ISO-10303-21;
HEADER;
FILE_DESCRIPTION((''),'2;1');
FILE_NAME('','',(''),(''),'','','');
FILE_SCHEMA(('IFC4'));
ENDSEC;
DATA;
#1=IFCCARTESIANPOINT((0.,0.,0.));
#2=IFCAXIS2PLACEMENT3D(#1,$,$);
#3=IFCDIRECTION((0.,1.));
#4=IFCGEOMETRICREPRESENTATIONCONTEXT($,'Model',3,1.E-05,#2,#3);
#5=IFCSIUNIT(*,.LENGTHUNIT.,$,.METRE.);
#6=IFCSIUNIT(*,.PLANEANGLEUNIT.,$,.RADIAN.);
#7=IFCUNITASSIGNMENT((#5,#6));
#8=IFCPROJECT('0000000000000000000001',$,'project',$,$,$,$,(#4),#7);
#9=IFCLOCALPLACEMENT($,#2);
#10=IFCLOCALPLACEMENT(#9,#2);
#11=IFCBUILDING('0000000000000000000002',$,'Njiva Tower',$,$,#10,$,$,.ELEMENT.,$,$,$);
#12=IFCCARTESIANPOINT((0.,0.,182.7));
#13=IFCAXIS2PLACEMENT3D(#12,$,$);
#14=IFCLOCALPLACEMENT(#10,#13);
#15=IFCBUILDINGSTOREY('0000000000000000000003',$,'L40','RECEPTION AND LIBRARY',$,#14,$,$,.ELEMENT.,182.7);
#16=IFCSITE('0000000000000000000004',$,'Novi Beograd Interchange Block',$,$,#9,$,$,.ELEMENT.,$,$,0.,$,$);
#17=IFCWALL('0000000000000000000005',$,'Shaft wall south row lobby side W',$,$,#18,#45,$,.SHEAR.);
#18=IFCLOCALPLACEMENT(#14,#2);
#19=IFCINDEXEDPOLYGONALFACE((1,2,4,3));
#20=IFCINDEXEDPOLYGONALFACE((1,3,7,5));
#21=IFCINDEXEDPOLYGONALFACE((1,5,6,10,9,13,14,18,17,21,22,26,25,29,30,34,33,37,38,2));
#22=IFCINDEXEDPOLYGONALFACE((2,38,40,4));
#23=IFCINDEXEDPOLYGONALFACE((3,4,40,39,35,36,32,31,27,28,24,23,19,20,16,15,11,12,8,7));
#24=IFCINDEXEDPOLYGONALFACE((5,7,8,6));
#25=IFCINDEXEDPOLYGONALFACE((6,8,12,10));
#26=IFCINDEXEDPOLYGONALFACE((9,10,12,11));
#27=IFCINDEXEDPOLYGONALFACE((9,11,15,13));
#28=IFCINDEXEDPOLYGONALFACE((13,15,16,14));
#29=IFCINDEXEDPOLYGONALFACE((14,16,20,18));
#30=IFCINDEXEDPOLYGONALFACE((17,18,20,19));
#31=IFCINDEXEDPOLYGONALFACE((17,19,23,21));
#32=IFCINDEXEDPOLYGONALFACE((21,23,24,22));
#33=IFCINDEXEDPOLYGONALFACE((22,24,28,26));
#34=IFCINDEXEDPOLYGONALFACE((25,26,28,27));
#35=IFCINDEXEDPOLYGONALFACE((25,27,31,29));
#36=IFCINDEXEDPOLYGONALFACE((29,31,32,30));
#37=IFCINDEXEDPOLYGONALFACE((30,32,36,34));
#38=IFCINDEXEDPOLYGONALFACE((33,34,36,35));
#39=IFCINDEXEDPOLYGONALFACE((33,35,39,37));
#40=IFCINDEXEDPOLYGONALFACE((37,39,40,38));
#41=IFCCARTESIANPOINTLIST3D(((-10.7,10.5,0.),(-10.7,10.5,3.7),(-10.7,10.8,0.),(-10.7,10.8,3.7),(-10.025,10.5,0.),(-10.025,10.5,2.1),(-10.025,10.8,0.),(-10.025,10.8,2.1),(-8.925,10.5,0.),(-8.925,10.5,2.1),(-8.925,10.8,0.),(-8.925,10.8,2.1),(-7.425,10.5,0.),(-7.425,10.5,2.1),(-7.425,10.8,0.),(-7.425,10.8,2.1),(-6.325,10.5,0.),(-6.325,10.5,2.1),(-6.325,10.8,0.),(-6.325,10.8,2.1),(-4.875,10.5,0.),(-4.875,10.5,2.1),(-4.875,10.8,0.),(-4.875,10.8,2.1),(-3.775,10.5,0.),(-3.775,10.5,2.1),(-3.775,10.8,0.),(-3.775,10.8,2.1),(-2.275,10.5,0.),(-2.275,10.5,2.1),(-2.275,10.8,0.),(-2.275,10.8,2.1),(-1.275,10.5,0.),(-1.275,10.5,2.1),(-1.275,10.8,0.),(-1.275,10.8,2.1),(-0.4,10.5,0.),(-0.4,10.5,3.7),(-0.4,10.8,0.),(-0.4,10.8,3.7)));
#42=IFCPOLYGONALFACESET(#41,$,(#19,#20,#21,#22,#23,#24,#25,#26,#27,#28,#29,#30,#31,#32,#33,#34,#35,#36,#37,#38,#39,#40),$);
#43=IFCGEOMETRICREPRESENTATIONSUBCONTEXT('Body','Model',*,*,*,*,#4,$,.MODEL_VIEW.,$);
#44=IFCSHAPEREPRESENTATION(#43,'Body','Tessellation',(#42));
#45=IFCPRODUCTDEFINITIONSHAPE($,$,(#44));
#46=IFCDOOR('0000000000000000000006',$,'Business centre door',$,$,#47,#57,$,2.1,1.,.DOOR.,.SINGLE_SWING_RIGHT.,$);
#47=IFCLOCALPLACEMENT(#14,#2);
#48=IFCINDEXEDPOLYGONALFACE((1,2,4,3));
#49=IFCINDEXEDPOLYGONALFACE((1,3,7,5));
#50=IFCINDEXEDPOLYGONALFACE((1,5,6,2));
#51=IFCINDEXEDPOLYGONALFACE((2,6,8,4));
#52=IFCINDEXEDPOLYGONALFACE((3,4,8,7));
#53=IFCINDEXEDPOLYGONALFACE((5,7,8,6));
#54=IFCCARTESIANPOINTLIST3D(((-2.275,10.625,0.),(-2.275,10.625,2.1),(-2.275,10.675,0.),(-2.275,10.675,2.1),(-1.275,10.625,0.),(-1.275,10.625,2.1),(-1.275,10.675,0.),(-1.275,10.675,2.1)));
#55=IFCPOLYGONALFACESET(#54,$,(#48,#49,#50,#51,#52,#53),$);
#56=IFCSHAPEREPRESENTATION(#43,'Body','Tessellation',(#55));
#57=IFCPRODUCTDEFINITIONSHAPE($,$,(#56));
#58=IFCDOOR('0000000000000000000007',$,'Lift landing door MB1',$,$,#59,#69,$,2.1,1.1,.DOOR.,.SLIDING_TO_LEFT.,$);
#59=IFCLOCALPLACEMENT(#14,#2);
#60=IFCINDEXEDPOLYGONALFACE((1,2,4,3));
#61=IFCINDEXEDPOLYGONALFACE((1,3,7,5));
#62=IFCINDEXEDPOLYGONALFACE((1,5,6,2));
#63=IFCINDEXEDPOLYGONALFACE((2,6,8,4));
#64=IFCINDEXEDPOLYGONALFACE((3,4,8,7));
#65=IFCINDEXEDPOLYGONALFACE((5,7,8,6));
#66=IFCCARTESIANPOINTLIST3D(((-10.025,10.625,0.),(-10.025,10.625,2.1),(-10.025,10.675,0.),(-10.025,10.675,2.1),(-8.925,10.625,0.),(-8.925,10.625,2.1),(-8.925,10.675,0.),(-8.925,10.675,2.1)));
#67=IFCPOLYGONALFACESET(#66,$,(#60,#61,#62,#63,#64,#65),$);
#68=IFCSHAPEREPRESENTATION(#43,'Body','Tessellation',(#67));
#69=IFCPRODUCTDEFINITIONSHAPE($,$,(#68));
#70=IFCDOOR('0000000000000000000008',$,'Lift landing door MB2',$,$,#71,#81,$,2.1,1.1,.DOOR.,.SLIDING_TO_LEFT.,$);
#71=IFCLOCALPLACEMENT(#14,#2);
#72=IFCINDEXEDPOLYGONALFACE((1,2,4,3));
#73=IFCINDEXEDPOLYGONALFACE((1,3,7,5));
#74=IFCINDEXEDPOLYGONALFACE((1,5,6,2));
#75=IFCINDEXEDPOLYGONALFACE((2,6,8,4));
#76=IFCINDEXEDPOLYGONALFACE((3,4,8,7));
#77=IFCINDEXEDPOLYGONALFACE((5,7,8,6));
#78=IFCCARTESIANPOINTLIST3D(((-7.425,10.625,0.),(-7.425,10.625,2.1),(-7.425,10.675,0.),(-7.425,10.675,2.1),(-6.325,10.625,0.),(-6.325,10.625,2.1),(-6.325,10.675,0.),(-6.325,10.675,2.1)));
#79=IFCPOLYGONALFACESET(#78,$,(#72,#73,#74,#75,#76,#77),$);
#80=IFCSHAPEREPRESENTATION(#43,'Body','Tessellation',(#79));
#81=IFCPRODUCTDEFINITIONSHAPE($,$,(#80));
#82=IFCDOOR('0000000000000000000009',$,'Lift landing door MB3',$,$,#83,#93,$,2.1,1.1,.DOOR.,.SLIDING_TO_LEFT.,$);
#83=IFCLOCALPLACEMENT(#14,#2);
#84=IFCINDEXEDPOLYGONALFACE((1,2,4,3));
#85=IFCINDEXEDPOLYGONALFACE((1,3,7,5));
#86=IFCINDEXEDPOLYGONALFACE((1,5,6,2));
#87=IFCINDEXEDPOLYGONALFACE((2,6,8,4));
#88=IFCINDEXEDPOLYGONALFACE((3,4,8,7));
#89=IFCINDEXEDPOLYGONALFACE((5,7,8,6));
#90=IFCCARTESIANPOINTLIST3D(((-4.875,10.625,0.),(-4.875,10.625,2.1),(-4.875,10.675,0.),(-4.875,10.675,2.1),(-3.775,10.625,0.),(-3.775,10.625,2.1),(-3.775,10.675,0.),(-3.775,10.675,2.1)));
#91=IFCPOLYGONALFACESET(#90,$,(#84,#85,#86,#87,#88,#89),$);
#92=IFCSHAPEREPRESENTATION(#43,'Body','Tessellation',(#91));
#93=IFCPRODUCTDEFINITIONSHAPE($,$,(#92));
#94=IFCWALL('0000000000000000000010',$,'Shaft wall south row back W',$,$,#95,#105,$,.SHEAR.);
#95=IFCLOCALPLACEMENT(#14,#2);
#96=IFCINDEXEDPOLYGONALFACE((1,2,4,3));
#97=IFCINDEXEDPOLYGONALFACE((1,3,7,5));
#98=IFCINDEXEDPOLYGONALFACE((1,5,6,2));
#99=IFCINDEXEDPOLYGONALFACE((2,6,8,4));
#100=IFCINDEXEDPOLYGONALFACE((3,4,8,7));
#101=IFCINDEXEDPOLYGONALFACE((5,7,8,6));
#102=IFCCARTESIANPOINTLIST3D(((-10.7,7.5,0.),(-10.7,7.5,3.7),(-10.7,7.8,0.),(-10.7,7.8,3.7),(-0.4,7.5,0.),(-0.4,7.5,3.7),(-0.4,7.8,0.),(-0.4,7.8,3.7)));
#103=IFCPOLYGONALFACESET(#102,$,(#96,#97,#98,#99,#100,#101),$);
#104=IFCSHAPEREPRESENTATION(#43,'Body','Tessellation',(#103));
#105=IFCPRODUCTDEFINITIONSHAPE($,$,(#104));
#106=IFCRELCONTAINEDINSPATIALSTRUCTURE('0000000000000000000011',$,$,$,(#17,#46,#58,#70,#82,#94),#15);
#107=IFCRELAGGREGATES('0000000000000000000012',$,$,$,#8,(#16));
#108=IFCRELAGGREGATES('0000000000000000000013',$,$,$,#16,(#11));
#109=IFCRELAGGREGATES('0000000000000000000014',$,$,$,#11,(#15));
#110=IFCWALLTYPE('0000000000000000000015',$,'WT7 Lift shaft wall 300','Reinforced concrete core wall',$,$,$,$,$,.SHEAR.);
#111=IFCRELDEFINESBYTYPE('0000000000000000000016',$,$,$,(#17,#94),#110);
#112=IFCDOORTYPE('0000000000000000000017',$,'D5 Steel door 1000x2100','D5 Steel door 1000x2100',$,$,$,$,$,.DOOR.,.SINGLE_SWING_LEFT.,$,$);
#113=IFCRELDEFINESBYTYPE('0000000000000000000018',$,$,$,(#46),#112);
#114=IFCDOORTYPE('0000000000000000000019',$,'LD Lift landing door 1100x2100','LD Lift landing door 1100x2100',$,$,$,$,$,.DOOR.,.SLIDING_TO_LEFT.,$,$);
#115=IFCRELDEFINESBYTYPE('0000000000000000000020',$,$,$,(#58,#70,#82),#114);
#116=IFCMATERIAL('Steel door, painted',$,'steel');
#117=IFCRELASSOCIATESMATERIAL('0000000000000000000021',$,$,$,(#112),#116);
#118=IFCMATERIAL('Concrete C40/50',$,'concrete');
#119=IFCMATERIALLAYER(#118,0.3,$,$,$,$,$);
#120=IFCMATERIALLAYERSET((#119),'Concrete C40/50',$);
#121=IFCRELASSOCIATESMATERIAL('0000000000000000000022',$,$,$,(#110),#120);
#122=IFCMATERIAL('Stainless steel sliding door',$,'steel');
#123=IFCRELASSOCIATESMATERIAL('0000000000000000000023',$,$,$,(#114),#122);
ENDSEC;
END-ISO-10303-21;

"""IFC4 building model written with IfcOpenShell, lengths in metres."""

from ifc_helpers import new_model, si_unit, direction, frame, frame_2d, origin, place, context, subcontext, project, spatial, rectangle, extrude, material, layer, layer_set, type_object, element, fill, save


model = new_model("IFC4")

# Units and contexts
model_context = context("Model", 3, precision=1e-05, world=origin(), true_north=direction((0.0, 1.0)))
body_context = subcontext(model_context, "Body", "Model", "MODEL_VIEW")
ifc_project = project(units=[si_unit("LENGTHUNIT", "METRE"), si_unit("PLANEANGLEUNIT", "RADIAN")], contexts=[model_context])

# Site, building, storey
site_placement = place(None, origin())
site = spatial("IfcSite", under=ifc_project, at=site_placement, Name="Novi Beograd Interchange Block", CompositionType="ELEMENT", RefElevation=0.0)
building_placement = place(site_placement, origin())
building = spatial("IfcBuilding", under=site, at=building_placement, Name="Njiva Tower", CompositionType="ELEMENT")
storey_placement = place(building_placement, frame((0.0, 0.0, 182.7)))
storey = spatial("IfcBuildingStorey", under=building, at=storey_placement, Name="L40", Description="RECEPTION AND LIBRARY", CompositionType="ELEMENT", Elevation=182.7)

# Shared definitions
ifc_material_1 = material(Name="Concrete C40/50", Category="concrete")
ifc_material_2 = material(Name="Steel door, painted", Category="steel")
door_type_1 = type_object("IfcDoorType", Name="D5 Steel door 1000x2100", Description="D5 Steel door 1000x2100", OperationType="SINGLE_SWING_LEFT", PredefinedType="DOOR", material=ifc_material_2)

# Wall, openings, doors
ifc_layer_1 = layer(ifc_material_1, 0.3)
ifc_layer_set_1 = layer_set([ifc_layer_1], Name="Concrete C40/50")
wall_type_1 = type_object("IfcWallType", Name="WT7 Lift shaft wall 300", Description="Reinforced concrete core wall", PredefinedType="SHEAR", material=ifc_layer_set_1)
wall_1_placement = place(storey_placement, frame((-10.7, 10.65, 0.0), z_axis=(0.0, 0.0, 1.0), x_axis=(1.0, 0.0, 0.0)))
wall_1 = element("IfcWall", 1, at=wall_1_placement, inside=storey, type_object=wall_type_1, Name="Shaft wall south row lobby side W", PredefinedType="SHEAR", context=body_context, shape_type="SweptSolid", body=[
    extrude(rectangle(XDim=10.3, YDim=0.3, at=frame_2d((5.15, 0.0))), origin(), (0.0, 0.0, 1.0), 3.7),
])
opening_1_placement = place(wall_1_placement, frame((0.675, 0.0, 0.0)))
opening_1 = element("IfcOpeningElement", 2, at=opening_1_placement, cuts=wall_1, PredefinedType="OPENING", context=body_context, shape_type="SweptSolid", body=[
    extrude(rectangle(XDim=1.1, YDim=2.1, at=frame_2d((0.55, 1.05))), frame((0.0, 0.16, 0.0), z_axis=(0.0, -1.0, 0.0), x_axis=(1.0, 0.0, 0.0)), (0.0, 0.0, 1.0), 0.32),
])
opening_2_placement = place(wall_1_placement, frame((3.275, 0.0, 0.0)))
opening_2 = element("IfcOpeningElement", 3, at=opening_2_placement, cuts=wall_1, PredefinedType="OPENING", context=body_context, shape_type="SweptSolid", body=[
    extrude(rectangle(XDim=1.1, YDim=2.1, at=frame_2d((0.55, 1.05))), frame((0.0, 0.16, 0.0), z_axis=(0.0, -1.0, 0.0), x_axis=(1.0, 0.0, 0.0)), (0.0, 0.0, 1.0), 0.32),
])
opening_3_placement = place(wall_1_placement, frame((5.825, 0.0, 0.0)))
opening_3 = element("IfcOpeningElement", 4, at=opening_3_placement, cuts=wall_1, PredefinedType="OPENING", context=body_context, shape_type="SweptSolid", body=[
    extrude(rectangle(XDim=1.1, YDim=2.1, at=frame_2d((0.55, 1.05))), frame((0.0, 0.16, 0.0), z_axis=(0.0, -1.0, 0.0), x_axis=(1.0, 0.0, 0.0)), (0.0, 0.0, 1.0), 0.32),
])
opening_4_placement = place(wall_1_placement, frame((8.425, 0.0, 0.0)))
opening_4 = element("IfcOpeningElement", 5, at=opening_4_placement, cuts=wall_1, PredefinedType="OPENING", context=body_context, shape_type="SweptSolid", body=[
    extrude(rectangle(XDim=1.0, YDim=2.1, at=frame_2d((0.5, 1.05))), frame((0.0, 0.16, 0.0), z_axis=(0.0, -1.0, 0.0), x_axis=(1.0, 0.0, 0.0)), (0.0, 0.0, 1.0), 0.32),
])
door_1_placement = place(opening_4_placement, origin())
door_1 = element("IfcDoor", 6, at=door_1_placement, inside=storey, type_object=door_type_1, Name="Business centre door", OperationType="SINGLE_SWING_RIGHT", OverallHeight=2.1, OverallWidth=1.0, PredefinedType="DOOR", context=body_context, shape_type="SweptSolid", body=[
    extrude(rectangle(XDim=1.0, YDim=2.1, at=frame_2d((0.5, 1.05))), frame((0.0, 0.025, 0.0), z_axis=(0.0, -1.0, 0.0), x_axis=(1.0, 0.0, 0.0)), (0.0, 0.0, 1.0), 0.05),
])
fill(opening_4, door_1)
ifc_material_3 = material(Name="Stainless steel sliding door", Category="steel")
door_type_2 = type_object("IfcDoorType", Name="LD Lift landing door 1100x2100", Description="LD Lift landing door 1100x2100", OperationType="SLIDING_TO_LEFT", PredefinedType="DOOR", material=ifc_material_3)
door_2_placement = place(opening_1_placement, origin())
door_2 = element("IfcDoor", 7, at=door_2_placement, inside=storey, type_object=door_type_2, Name="Lift landing door MB1", OperationType="SLIDING_TO_LEFT", OverallHeight=2.1, OverallWidth=1.1, PredefinedType="DOOR", context=body_context, shape_type="SweptSolid", body=[
    extrude(rectangle(XDim=1.1, YDim=2.1, at=frame_2d((0.55, 1.05))), frame((0.0, 0.025, 0.0), z_axis=(0.0, -1.0, 0.0), x_axis=(1.0, 0.0, 0.0)), (0.0, 0.0, 1.0), 0.05),
])
fill(opening_1, door_2)
door_3_placement = place(opening_2_placement, origin())
door_3 = element("IfcDoor", 8, at=door_3_placement, inside=storey, type_object=door_type_2, Name="Lift landing door MB2", OperationType="SLIDING_TO_LEFT", OverallHeight=2.1, OverallWidth=1.1, PredefinedType="DOOR", context=body_context, shape_type="SweptSolid", body=[
    extrude(rectangle(XDim=1.1, YDim=2.1, at=frame_2d((0.55, 1.05))), frame((0.0, 0.025, 0.0), z_axis=(0.0, -1.0, 0.0), x_axis=(1.0, 0.0, 0.0)), (0.0, 0.0, 1.0), 0.05),
])
fill(opening_2, door_3)
door_4_placement = place(opening_3_placement, origin())
door_4 = element("IfcDoor", 9, at=door_4_placement, inside=storey, type_object=door_type_2, Name="Lift landing door MB3", OperationType="SLIDING_TO_LEFT", OverallHeight=2.1, OverallWidth=1.1, PredefinedType="DOOR", context=body_context, shape_type="SweptSolid", body=[
    extrude(rectangle(XDim=1.1, YDim=2.1, at=frame_2d((0.55, 1.05))), frame((0.0, 0.025, 0.0), z_axis=(0.0, -1.0, 0.0), x_axis=(1.0, 0.0, 0.0)), (0.0, 0.0, 1.0), 0.05),
])
fill(opening_3, door_4)

# Wall
wall_2_placement = place(storey_placement, frame((-10.7, 7.65, 0.0), z_axis=(0.0, 0.0, 1.0), x_axis=(1.0, 0.0, 0.0)))
element("IfcWall", 10, at=wall_2_placement, inside=storey, type_object=wall_type_1, Name="Shaft wall south row back W", PredefinedType="SHEAR", context=body_context, shape_type="SweptSolid", body=[
    extrude(rectangle(XDim=10.3, YDim=0.3, at=frame_2d((5.15, 0.0))), origin(), (0.0, 0.0, 1.0), 3.7),
])

save(model, "model.ifc")
